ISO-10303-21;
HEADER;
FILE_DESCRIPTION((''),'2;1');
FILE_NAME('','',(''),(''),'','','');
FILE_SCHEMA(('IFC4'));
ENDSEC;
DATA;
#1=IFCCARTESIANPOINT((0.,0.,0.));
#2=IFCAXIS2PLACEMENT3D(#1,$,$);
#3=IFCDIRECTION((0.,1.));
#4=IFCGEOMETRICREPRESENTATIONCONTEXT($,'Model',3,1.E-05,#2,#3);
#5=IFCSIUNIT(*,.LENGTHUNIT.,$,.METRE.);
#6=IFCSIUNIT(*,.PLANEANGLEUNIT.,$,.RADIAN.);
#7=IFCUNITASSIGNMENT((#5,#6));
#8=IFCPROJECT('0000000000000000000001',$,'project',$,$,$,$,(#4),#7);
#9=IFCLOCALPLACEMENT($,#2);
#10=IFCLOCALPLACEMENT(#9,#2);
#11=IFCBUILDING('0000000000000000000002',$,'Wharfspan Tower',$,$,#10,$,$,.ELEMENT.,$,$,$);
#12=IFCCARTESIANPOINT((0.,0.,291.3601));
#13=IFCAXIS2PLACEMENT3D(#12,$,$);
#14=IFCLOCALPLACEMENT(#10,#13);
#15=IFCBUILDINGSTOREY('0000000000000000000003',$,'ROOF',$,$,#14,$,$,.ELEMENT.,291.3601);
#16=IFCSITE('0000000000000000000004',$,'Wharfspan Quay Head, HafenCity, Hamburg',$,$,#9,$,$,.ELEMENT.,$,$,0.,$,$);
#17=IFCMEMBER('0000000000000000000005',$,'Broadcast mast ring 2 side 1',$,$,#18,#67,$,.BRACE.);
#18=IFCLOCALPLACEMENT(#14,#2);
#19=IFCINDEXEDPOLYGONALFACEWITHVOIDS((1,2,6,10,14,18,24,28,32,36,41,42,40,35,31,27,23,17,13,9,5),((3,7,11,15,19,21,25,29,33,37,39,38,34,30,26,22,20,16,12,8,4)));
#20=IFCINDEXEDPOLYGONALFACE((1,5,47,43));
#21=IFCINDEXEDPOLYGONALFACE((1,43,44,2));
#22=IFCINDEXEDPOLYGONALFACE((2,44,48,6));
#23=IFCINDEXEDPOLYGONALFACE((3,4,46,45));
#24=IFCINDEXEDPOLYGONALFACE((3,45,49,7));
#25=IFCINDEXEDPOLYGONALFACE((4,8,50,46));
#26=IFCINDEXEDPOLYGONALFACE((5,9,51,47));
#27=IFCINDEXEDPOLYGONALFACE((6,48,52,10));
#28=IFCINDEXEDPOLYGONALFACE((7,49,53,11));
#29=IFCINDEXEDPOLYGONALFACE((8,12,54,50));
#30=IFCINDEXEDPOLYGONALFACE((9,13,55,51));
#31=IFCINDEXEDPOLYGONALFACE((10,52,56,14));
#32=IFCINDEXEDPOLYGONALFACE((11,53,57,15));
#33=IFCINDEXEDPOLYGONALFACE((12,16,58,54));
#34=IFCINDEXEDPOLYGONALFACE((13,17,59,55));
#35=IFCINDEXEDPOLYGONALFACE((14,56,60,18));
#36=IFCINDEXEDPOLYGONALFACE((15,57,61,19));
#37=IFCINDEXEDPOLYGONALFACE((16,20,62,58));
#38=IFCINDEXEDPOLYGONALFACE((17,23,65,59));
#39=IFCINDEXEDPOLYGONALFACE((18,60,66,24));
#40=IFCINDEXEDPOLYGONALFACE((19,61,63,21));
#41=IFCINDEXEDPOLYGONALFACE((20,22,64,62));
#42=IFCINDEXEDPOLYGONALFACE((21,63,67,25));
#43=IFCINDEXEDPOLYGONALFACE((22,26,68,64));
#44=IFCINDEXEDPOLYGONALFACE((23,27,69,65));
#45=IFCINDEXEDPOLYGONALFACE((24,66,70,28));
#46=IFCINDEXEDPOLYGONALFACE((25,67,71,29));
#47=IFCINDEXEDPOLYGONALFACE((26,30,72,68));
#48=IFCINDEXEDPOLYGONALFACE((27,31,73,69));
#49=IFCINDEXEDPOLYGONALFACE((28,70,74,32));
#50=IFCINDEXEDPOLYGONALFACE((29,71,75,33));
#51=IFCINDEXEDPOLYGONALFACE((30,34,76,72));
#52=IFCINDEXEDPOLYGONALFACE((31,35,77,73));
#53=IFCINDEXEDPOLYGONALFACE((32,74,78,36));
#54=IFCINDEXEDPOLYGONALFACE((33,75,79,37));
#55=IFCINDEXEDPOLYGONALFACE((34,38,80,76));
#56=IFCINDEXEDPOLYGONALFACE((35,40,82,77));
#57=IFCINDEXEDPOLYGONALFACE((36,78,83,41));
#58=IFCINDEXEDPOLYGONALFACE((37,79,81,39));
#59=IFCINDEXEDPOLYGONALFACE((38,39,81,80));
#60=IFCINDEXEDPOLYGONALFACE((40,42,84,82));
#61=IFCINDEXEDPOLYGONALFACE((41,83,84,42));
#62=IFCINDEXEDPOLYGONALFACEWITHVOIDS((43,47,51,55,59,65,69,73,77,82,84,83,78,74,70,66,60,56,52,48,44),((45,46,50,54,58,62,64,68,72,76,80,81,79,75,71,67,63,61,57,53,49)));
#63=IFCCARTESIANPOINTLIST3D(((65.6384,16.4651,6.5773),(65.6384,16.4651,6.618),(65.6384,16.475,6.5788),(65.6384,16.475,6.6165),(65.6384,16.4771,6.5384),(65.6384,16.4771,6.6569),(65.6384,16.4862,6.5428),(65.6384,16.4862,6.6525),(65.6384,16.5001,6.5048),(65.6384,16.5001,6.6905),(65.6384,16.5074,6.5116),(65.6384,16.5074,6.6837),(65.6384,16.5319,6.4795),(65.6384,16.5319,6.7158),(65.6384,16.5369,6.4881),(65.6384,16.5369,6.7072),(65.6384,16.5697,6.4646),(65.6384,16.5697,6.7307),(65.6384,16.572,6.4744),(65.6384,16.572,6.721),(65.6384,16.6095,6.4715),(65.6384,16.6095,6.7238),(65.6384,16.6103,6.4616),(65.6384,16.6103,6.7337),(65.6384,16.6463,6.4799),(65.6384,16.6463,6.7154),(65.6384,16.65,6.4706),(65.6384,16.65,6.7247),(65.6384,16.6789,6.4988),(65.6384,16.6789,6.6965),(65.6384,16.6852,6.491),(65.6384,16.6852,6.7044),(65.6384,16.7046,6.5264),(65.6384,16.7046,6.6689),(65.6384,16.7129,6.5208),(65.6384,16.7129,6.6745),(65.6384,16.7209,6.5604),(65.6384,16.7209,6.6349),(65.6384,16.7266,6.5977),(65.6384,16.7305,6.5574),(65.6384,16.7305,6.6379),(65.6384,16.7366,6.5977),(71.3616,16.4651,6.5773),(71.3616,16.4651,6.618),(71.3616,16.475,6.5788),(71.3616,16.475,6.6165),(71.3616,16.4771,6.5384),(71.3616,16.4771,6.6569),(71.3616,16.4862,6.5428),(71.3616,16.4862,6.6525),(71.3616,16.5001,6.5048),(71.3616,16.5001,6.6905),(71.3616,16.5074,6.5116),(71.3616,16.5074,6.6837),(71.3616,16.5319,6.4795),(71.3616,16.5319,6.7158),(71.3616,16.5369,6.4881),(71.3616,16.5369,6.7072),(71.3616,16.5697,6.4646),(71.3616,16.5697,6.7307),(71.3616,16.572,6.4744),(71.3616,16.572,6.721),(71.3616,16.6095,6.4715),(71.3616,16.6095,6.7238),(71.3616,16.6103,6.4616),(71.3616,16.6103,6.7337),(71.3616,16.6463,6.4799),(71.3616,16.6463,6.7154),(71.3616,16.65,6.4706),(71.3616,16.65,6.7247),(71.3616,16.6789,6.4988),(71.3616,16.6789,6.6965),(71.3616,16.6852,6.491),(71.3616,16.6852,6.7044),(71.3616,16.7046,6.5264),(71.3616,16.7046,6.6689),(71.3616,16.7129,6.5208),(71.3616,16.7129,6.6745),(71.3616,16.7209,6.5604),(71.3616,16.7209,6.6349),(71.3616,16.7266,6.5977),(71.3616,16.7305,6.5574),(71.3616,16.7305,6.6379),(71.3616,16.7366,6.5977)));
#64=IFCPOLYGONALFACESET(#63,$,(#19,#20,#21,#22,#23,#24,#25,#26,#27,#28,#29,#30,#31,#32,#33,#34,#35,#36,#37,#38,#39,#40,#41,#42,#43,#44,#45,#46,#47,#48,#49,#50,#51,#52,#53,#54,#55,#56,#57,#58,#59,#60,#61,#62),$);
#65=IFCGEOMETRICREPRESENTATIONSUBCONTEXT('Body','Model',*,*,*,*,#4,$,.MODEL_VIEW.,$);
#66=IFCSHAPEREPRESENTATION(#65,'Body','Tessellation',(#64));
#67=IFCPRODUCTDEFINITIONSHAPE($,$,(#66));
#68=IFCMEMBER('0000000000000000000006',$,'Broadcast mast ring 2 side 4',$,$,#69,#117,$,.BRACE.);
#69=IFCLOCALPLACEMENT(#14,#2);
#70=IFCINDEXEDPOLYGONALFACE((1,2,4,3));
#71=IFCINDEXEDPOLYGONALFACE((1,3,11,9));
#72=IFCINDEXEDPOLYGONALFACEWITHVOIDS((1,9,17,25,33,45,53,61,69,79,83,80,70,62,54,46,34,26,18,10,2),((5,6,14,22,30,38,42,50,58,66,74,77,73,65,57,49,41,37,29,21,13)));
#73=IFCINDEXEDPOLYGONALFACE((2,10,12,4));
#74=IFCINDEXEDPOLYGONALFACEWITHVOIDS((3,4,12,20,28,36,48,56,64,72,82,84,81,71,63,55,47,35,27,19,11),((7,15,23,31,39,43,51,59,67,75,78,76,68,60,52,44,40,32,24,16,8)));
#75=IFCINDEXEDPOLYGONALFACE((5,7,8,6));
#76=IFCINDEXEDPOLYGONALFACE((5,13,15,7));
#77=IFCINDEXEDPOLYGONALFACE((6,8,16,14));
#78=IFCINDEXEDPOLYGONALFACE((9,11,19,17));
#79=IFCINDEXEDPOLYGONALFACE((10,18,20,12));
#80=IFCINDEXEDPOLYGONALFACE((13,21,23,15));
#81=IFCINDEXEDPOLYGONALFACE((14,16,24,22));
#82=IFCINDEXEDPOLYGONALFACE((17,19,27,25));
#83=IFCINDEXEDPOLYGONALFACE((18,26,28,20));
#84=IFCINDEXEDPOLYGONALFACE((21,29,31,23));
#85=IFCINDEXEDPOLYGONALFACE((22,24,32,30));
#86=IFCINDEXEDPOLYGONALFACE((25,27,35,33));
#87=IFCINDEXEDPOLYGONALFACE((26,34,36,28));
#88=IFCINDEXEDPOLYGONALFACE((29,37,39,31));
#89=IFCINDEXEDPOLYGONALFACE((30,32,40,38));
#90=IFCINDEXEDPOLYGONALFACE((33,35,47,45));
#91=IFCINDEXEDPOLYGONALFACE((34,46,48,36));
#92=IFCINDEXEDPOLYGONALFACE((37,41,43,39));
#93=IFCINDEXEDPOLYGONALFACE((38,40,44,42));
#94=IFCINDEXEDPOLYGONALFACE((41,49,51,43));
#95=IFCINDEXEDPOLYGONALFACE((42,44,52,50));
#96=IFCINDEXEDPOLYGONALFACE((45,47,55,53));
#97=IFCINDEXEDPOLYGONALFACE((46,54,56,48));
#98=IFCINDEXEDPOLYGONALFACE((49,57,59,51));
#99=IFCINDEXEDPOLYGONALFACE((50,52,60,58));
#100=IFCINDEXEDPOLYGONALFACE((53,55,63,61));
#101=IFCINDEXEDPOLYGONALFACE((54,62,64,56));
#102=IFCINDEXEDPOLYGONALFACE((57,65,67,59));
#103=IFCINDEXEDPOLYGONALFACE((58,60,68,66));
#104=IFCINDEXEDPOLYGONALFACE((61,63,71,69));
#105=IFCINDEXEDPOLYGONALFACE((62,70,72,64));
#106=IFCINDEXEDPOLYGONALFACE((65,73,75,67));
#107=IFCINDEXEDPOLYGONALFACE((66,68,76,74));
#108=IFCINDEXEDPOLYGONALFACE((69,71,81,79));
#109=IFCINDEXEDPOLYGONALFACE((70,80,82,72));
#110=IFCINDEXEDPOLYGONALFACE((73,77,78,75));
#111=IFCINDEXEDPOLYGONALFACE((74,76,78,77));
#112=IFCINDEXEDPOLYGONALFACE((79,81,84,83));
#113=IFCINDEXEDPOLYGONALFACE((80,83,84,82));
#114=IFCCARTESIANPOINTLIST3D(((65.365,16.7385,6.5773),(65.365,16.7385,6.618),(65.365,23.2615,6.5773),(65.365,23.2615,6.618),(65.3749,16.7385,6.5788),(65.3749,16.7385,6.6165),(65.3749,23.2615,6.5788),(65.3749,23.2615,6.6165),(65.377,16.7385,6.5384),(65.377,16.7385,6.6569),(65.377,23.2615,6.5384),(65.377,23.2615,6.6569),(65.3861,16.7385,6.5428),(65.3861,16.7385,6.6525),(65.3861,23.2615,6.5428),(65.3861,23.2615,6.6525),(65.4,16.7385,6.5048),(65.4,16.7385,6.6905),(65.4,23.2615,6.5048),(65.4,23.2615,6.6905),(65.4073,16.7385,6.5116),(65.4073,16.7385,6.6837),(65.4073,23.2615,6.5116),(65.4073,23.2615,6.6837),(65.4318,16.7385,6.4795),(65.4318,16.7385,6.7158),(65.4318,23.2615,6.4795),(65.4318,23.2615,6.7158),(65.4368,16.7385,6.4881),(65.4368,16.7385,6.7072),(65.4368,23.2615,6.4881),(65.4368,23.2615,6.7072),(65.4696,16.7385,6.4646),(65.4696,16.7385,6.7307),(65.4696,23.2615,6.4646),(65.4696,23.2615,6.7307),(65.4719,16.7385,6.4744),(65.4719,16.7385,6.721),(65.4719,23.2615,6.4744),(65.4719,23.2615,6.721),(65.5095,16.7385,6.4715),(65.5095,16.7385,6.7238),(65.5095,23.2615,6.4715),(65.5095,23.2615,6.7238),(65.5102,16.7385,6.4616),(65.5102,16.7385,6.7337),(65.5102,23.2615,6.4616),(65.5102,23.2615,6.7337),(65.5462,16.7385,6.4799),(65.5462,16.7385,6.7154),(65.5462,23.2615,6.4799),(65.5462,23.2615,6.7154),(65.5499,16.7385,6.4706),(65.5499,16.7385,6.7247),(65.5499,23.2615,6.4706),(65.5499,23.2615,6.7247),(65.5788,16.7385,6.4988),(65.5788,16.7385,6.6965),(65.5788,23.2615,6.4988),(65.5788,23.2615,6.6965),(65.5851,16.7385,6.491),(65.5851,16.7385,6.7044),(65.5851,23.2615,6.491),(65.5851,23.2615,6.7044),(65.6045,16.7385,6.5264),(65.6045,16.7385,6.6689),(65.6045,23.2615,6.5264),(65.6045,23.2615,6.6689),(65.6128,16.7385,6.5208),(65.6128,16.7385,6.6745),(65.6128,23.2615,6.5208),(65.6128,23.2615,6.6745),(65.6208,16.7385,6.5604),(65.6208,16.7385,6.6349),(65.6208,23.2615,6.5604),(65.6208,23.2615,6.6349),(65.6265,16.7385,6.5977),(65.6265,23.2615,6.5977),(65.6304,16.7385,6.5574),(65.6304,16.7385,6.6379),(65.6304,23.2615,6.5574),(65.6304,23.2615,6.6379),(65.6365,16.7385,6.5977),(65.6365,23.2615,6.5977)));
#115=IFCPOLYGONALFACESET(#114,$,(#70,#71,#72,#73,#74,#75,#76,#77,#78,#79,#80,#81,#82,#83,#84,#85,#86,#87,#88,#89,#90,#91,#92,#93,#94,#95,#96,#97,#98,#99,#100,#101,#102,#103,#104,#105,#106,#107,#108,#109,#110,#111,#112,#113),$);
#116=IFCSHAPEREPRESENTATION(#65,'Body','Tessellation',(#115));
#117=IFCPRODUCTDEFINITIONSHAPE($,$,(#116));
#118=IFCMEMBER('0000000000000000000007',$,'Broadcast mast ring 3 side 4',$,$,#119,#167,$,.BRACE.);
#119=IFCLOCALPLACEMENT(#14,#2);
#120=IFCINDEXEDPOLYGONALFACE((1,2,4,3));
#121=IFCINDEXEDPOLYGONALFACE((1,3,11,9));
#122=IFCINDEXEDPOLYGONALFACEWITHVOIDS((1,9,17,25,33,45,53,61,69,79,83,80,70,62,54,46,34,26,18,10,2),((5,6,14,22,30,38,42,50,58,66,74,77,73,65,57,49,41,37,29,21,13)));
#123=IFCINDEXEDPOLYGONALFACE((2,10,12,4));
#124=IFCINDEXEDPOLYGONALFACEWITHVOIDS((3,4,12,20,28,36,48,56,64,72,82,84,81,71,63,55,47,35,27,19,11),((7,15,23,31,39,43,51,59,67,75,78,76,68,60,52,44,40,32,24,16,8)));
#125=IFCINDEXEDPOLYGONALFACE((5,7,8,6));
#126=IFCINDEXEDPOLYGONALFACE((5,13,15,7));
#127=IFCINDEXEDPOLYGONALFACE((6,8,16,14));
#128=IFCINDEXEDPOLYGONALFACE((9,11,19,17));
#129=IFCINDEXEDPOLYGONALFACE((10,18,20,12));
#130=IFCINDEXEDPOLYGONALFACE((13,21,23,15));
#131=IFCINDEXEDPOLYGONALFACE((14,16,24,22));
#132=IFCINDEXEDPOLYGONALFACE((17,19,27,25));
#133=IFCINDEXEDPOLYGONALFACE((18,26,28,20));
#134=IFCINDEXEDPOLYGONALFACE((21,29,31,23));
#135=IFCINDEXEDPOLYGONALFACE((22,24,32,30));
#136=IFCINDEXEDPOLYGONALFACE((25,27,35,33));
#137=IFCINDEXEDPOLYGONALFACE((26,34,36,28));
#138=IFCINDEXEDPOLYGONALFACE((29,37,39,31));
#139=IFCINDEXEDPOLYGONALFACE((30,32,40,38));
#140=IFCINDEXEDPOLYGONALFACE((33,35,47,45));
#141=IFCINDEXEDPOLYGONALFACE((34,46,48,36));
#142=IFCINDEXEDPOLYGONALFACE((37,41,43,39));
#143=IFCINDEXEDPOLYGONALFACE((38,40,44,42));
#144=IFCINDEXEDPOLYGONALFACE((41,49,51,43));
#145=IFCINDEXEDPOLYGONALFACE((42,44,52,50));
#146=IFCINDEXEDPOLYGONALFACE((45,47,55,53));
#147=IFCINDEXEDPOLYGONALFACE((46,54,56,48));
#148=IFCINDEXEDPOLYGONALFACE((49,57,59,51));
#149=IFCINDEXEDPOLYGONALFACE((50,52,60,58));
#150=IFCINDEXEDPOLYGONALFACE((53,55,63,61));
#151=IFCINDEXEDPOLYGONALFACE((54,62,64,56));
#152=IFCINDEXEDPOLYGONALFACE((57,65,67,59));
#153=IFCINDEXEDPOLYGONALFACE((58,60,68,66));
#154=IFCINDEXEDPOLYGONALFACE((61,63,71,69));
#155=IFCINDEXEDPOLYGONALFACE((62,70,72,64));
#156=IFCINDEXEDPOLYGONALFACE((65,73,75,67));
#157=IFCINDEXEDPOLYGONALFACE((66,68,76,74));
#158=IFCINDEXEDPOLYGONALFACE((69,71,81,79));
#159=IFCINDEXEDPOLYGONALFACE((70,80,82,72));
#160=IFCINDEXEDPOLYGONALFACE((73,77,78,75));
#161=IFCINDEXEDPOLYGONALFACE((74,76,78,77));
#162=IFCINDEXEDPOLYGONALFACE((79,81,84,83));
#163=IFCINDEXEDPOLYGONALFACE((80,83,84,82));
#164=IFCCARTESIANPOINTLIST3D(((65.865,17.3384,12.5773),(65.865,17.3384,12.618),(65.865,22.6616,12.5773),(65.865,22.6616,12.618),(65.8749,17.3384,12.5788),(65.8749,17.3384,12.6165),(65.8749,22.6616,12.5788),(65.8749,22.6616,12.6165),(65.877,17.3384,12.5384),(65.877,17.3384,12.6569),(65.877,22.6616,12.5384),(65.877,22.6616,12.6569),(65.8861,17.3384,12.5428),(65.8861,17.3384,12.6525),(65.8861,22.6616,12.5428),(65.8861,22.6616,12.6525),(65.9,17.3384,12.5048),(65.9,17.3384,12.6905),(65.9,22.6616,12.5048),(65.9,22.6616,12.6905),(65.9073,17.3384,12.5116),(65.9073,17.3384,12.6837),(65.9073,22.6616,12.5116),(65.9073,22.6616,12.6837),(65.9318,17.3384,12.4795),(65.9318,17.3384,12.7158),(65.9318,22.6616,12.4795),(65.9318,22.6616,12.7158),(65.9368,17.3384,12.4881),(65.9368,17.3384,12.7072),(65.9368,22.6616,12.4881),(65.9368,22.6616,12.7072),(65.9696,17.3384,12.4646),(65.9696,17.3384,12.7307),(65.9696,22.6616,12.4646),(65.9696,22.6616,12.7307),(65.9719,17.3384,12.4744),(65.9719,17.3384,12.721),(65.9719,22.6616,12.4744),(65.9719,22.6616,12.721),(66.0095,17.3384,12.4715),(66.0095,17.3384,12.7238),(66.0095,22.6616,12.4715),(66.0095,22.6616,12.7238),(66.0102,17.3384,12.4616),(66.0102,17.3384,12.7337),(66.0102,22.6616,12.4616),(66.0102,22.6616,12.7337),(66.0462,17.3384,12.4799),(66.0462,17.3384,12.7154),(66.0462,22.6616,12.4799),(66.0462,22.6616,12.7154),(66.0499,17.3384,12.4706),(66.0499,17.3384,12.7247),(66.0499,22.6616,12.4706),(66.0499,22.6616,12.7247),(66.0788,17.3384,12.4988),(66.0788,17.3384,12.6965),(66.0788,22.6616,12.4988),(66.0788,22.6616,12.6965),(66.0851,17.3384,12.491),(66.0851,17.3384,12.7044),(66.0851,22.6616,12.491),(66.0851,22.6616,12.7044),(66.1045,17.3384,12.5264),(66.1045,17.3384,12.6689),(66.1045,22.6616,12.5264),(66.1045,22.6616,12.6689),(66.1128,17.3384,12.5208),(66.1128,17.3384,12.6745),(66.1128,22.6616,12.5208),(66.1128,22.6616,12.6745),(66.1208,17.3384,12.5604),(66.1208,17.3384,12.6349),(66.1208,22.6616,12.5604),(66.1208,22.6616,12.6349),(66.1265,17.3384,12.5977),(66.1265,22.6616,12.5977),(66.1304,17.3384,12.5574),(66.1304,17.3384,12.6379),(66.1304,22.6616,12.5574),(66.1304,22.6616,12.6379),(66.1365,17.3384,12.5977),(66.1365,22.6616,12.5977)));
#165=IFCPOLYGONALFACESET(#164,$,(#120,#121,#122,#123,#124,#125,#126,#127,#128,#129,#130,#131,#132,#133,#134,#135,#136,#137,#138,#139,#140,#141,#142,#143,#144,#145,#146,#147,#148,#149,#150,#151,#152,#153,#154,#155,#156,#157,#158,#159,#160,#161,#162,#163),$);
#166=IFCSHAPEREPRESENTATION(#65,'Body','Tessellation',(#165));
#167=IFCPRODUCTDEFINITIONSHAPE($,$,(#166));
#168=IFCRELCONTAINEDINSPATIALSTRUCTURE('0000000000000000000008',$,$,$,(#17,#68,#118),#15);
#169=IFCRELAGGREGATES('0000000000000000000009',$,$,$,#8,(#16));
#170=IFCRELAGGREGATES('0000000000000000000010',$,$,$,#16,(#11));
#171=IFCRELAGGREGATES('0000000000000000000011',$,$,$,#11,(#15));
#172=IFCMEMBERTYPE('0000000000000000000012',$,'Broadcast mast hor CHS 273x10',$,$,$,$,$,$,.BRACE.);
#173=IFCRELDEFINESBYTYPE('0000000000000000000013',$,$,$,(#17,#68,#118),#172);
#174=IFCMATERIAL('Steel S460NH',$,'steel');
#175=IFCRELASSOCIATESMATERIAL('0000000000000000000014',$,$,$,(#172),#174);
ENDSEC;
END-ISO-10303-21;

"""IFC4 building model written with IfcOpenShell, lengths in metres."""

from ifc_helpers import new_model, si_unit, direction, frame, origin, origin_2d, place, context, subcontext, project, spatial, hollow_circle, extrude, material, material_profile, profile_set, type_object, element, save


model = new_model("IFC4")

# Units and contexts
model_context = context("Model", 3, precision=1e-05, world=origin(), true_north=direction((0.0, 1.0)))
body_context = subcontext(model_context, "Body", "Model", "MODEL_VIEW")
ifc_project = project(units=[si_unit("LENGTHUNIT", "METRE"), si_unit("PLANEANGLEUNIT", "RADIAN")], contexts=[model_context])

# Site, building, storey
site_placement = place(None, origin())
site = spatial("IfcSite", under=ifc_project, at=site_placement, Name="Wharfspan Quay Head, HafenCity, Hamburg", CompositionType="ELEMENT", RefElevation=0.0)
building_placement = place(site_placement, origin())
building = spatial("IfcBuilding", under=site, at=building_placement, Name="Wharfspan Tower", CompositionType="ELEMENT")
storey_placement = place(building_placement, frame((0.0, 0.0, 291.3601)))
storey = spatial("IfcBuildingStorey", under=building, at=storey_placement, Name="ROOF", CompositionType="ELEMENT", Elevation=291.3601)

# Members
ifc_material_1 = material(Name="Steel S460NH", Category="steel")
ifc_material_profile_1 = material_profile(ifc_material_1, hollow_circle(Radius=0.1365, WallThickness=0.01, at=origin_2d()))
ifc_profile_set_1 = profile_set([ifc_material_profile_1], Name="Steel S460NH")
member_type_1 = type_object("IfcMemberType", Name="Broadcast mast hor CHS 273x10", PredefinedType="BRACE", material=ifc_profile_set_1)
member_1_placement = place(storey_placement, frame((65.6384, 16.6001, 6.5977), z_axis=(1.0, 0.0, 0.0), x_axis=(0.0, 1.0, 0.0)))
element("IfcMember", 1, at=member_1_placement, inside=storey, type_object=member_type_1, Name="Broadcast mast ring 2 side 1", PredefinedType="BRACE", context=body_context, shape_type="SweptSolid", body=[
    extrude(hollow_circle(Radius=0.1365, WallThickness=0.01, at=origin_2d()), origin(), (0.0, 0.0, 1.0), 5.7231),
])
member_2_placement = place(storey_placement, frame((65.5, 23.2615, 6.5977), z_axis=(0.0, -1.0, 0.0), x_axis=(1.0, 0.0, 0.0)))
element("IfcMember", 2, at=member_2_placement, inside=storey, type_object=member_type_1, Name="Broadcast mast ring 2 side 4", PredefinedType="BRACE", context=body_context, shape_type="SweptSolid", body=[
    extrude(hollow_circle(Radius=0.1365, WallThickness=0.01, at=origin_2d()), origin(), (0.0, 0.0, 1.0), 6.5229),
])
member_3_placement = place(storey_placement, frame((66.0, 22.6616, 12.5977), z_axis=(0.0, -1.0, 0.0), x_axis=(1.0, 0.0, 0.0)))
element("IfcMember", 3, at=member_3_placement, inside=storey, type_object=member_type_1, Name="Broadcast mast ring 3 side 4", PredefinedType="BRACE", context=body_context, shape_type="SweptSolid", body=[
    extrude(hollow_circle(Radius=0.1365, WallThickness=0.01, at=origin_2d()), origin(), (0.0, 0.0, 1.0), 5.3232),
])

save(model, "model.ifc")
